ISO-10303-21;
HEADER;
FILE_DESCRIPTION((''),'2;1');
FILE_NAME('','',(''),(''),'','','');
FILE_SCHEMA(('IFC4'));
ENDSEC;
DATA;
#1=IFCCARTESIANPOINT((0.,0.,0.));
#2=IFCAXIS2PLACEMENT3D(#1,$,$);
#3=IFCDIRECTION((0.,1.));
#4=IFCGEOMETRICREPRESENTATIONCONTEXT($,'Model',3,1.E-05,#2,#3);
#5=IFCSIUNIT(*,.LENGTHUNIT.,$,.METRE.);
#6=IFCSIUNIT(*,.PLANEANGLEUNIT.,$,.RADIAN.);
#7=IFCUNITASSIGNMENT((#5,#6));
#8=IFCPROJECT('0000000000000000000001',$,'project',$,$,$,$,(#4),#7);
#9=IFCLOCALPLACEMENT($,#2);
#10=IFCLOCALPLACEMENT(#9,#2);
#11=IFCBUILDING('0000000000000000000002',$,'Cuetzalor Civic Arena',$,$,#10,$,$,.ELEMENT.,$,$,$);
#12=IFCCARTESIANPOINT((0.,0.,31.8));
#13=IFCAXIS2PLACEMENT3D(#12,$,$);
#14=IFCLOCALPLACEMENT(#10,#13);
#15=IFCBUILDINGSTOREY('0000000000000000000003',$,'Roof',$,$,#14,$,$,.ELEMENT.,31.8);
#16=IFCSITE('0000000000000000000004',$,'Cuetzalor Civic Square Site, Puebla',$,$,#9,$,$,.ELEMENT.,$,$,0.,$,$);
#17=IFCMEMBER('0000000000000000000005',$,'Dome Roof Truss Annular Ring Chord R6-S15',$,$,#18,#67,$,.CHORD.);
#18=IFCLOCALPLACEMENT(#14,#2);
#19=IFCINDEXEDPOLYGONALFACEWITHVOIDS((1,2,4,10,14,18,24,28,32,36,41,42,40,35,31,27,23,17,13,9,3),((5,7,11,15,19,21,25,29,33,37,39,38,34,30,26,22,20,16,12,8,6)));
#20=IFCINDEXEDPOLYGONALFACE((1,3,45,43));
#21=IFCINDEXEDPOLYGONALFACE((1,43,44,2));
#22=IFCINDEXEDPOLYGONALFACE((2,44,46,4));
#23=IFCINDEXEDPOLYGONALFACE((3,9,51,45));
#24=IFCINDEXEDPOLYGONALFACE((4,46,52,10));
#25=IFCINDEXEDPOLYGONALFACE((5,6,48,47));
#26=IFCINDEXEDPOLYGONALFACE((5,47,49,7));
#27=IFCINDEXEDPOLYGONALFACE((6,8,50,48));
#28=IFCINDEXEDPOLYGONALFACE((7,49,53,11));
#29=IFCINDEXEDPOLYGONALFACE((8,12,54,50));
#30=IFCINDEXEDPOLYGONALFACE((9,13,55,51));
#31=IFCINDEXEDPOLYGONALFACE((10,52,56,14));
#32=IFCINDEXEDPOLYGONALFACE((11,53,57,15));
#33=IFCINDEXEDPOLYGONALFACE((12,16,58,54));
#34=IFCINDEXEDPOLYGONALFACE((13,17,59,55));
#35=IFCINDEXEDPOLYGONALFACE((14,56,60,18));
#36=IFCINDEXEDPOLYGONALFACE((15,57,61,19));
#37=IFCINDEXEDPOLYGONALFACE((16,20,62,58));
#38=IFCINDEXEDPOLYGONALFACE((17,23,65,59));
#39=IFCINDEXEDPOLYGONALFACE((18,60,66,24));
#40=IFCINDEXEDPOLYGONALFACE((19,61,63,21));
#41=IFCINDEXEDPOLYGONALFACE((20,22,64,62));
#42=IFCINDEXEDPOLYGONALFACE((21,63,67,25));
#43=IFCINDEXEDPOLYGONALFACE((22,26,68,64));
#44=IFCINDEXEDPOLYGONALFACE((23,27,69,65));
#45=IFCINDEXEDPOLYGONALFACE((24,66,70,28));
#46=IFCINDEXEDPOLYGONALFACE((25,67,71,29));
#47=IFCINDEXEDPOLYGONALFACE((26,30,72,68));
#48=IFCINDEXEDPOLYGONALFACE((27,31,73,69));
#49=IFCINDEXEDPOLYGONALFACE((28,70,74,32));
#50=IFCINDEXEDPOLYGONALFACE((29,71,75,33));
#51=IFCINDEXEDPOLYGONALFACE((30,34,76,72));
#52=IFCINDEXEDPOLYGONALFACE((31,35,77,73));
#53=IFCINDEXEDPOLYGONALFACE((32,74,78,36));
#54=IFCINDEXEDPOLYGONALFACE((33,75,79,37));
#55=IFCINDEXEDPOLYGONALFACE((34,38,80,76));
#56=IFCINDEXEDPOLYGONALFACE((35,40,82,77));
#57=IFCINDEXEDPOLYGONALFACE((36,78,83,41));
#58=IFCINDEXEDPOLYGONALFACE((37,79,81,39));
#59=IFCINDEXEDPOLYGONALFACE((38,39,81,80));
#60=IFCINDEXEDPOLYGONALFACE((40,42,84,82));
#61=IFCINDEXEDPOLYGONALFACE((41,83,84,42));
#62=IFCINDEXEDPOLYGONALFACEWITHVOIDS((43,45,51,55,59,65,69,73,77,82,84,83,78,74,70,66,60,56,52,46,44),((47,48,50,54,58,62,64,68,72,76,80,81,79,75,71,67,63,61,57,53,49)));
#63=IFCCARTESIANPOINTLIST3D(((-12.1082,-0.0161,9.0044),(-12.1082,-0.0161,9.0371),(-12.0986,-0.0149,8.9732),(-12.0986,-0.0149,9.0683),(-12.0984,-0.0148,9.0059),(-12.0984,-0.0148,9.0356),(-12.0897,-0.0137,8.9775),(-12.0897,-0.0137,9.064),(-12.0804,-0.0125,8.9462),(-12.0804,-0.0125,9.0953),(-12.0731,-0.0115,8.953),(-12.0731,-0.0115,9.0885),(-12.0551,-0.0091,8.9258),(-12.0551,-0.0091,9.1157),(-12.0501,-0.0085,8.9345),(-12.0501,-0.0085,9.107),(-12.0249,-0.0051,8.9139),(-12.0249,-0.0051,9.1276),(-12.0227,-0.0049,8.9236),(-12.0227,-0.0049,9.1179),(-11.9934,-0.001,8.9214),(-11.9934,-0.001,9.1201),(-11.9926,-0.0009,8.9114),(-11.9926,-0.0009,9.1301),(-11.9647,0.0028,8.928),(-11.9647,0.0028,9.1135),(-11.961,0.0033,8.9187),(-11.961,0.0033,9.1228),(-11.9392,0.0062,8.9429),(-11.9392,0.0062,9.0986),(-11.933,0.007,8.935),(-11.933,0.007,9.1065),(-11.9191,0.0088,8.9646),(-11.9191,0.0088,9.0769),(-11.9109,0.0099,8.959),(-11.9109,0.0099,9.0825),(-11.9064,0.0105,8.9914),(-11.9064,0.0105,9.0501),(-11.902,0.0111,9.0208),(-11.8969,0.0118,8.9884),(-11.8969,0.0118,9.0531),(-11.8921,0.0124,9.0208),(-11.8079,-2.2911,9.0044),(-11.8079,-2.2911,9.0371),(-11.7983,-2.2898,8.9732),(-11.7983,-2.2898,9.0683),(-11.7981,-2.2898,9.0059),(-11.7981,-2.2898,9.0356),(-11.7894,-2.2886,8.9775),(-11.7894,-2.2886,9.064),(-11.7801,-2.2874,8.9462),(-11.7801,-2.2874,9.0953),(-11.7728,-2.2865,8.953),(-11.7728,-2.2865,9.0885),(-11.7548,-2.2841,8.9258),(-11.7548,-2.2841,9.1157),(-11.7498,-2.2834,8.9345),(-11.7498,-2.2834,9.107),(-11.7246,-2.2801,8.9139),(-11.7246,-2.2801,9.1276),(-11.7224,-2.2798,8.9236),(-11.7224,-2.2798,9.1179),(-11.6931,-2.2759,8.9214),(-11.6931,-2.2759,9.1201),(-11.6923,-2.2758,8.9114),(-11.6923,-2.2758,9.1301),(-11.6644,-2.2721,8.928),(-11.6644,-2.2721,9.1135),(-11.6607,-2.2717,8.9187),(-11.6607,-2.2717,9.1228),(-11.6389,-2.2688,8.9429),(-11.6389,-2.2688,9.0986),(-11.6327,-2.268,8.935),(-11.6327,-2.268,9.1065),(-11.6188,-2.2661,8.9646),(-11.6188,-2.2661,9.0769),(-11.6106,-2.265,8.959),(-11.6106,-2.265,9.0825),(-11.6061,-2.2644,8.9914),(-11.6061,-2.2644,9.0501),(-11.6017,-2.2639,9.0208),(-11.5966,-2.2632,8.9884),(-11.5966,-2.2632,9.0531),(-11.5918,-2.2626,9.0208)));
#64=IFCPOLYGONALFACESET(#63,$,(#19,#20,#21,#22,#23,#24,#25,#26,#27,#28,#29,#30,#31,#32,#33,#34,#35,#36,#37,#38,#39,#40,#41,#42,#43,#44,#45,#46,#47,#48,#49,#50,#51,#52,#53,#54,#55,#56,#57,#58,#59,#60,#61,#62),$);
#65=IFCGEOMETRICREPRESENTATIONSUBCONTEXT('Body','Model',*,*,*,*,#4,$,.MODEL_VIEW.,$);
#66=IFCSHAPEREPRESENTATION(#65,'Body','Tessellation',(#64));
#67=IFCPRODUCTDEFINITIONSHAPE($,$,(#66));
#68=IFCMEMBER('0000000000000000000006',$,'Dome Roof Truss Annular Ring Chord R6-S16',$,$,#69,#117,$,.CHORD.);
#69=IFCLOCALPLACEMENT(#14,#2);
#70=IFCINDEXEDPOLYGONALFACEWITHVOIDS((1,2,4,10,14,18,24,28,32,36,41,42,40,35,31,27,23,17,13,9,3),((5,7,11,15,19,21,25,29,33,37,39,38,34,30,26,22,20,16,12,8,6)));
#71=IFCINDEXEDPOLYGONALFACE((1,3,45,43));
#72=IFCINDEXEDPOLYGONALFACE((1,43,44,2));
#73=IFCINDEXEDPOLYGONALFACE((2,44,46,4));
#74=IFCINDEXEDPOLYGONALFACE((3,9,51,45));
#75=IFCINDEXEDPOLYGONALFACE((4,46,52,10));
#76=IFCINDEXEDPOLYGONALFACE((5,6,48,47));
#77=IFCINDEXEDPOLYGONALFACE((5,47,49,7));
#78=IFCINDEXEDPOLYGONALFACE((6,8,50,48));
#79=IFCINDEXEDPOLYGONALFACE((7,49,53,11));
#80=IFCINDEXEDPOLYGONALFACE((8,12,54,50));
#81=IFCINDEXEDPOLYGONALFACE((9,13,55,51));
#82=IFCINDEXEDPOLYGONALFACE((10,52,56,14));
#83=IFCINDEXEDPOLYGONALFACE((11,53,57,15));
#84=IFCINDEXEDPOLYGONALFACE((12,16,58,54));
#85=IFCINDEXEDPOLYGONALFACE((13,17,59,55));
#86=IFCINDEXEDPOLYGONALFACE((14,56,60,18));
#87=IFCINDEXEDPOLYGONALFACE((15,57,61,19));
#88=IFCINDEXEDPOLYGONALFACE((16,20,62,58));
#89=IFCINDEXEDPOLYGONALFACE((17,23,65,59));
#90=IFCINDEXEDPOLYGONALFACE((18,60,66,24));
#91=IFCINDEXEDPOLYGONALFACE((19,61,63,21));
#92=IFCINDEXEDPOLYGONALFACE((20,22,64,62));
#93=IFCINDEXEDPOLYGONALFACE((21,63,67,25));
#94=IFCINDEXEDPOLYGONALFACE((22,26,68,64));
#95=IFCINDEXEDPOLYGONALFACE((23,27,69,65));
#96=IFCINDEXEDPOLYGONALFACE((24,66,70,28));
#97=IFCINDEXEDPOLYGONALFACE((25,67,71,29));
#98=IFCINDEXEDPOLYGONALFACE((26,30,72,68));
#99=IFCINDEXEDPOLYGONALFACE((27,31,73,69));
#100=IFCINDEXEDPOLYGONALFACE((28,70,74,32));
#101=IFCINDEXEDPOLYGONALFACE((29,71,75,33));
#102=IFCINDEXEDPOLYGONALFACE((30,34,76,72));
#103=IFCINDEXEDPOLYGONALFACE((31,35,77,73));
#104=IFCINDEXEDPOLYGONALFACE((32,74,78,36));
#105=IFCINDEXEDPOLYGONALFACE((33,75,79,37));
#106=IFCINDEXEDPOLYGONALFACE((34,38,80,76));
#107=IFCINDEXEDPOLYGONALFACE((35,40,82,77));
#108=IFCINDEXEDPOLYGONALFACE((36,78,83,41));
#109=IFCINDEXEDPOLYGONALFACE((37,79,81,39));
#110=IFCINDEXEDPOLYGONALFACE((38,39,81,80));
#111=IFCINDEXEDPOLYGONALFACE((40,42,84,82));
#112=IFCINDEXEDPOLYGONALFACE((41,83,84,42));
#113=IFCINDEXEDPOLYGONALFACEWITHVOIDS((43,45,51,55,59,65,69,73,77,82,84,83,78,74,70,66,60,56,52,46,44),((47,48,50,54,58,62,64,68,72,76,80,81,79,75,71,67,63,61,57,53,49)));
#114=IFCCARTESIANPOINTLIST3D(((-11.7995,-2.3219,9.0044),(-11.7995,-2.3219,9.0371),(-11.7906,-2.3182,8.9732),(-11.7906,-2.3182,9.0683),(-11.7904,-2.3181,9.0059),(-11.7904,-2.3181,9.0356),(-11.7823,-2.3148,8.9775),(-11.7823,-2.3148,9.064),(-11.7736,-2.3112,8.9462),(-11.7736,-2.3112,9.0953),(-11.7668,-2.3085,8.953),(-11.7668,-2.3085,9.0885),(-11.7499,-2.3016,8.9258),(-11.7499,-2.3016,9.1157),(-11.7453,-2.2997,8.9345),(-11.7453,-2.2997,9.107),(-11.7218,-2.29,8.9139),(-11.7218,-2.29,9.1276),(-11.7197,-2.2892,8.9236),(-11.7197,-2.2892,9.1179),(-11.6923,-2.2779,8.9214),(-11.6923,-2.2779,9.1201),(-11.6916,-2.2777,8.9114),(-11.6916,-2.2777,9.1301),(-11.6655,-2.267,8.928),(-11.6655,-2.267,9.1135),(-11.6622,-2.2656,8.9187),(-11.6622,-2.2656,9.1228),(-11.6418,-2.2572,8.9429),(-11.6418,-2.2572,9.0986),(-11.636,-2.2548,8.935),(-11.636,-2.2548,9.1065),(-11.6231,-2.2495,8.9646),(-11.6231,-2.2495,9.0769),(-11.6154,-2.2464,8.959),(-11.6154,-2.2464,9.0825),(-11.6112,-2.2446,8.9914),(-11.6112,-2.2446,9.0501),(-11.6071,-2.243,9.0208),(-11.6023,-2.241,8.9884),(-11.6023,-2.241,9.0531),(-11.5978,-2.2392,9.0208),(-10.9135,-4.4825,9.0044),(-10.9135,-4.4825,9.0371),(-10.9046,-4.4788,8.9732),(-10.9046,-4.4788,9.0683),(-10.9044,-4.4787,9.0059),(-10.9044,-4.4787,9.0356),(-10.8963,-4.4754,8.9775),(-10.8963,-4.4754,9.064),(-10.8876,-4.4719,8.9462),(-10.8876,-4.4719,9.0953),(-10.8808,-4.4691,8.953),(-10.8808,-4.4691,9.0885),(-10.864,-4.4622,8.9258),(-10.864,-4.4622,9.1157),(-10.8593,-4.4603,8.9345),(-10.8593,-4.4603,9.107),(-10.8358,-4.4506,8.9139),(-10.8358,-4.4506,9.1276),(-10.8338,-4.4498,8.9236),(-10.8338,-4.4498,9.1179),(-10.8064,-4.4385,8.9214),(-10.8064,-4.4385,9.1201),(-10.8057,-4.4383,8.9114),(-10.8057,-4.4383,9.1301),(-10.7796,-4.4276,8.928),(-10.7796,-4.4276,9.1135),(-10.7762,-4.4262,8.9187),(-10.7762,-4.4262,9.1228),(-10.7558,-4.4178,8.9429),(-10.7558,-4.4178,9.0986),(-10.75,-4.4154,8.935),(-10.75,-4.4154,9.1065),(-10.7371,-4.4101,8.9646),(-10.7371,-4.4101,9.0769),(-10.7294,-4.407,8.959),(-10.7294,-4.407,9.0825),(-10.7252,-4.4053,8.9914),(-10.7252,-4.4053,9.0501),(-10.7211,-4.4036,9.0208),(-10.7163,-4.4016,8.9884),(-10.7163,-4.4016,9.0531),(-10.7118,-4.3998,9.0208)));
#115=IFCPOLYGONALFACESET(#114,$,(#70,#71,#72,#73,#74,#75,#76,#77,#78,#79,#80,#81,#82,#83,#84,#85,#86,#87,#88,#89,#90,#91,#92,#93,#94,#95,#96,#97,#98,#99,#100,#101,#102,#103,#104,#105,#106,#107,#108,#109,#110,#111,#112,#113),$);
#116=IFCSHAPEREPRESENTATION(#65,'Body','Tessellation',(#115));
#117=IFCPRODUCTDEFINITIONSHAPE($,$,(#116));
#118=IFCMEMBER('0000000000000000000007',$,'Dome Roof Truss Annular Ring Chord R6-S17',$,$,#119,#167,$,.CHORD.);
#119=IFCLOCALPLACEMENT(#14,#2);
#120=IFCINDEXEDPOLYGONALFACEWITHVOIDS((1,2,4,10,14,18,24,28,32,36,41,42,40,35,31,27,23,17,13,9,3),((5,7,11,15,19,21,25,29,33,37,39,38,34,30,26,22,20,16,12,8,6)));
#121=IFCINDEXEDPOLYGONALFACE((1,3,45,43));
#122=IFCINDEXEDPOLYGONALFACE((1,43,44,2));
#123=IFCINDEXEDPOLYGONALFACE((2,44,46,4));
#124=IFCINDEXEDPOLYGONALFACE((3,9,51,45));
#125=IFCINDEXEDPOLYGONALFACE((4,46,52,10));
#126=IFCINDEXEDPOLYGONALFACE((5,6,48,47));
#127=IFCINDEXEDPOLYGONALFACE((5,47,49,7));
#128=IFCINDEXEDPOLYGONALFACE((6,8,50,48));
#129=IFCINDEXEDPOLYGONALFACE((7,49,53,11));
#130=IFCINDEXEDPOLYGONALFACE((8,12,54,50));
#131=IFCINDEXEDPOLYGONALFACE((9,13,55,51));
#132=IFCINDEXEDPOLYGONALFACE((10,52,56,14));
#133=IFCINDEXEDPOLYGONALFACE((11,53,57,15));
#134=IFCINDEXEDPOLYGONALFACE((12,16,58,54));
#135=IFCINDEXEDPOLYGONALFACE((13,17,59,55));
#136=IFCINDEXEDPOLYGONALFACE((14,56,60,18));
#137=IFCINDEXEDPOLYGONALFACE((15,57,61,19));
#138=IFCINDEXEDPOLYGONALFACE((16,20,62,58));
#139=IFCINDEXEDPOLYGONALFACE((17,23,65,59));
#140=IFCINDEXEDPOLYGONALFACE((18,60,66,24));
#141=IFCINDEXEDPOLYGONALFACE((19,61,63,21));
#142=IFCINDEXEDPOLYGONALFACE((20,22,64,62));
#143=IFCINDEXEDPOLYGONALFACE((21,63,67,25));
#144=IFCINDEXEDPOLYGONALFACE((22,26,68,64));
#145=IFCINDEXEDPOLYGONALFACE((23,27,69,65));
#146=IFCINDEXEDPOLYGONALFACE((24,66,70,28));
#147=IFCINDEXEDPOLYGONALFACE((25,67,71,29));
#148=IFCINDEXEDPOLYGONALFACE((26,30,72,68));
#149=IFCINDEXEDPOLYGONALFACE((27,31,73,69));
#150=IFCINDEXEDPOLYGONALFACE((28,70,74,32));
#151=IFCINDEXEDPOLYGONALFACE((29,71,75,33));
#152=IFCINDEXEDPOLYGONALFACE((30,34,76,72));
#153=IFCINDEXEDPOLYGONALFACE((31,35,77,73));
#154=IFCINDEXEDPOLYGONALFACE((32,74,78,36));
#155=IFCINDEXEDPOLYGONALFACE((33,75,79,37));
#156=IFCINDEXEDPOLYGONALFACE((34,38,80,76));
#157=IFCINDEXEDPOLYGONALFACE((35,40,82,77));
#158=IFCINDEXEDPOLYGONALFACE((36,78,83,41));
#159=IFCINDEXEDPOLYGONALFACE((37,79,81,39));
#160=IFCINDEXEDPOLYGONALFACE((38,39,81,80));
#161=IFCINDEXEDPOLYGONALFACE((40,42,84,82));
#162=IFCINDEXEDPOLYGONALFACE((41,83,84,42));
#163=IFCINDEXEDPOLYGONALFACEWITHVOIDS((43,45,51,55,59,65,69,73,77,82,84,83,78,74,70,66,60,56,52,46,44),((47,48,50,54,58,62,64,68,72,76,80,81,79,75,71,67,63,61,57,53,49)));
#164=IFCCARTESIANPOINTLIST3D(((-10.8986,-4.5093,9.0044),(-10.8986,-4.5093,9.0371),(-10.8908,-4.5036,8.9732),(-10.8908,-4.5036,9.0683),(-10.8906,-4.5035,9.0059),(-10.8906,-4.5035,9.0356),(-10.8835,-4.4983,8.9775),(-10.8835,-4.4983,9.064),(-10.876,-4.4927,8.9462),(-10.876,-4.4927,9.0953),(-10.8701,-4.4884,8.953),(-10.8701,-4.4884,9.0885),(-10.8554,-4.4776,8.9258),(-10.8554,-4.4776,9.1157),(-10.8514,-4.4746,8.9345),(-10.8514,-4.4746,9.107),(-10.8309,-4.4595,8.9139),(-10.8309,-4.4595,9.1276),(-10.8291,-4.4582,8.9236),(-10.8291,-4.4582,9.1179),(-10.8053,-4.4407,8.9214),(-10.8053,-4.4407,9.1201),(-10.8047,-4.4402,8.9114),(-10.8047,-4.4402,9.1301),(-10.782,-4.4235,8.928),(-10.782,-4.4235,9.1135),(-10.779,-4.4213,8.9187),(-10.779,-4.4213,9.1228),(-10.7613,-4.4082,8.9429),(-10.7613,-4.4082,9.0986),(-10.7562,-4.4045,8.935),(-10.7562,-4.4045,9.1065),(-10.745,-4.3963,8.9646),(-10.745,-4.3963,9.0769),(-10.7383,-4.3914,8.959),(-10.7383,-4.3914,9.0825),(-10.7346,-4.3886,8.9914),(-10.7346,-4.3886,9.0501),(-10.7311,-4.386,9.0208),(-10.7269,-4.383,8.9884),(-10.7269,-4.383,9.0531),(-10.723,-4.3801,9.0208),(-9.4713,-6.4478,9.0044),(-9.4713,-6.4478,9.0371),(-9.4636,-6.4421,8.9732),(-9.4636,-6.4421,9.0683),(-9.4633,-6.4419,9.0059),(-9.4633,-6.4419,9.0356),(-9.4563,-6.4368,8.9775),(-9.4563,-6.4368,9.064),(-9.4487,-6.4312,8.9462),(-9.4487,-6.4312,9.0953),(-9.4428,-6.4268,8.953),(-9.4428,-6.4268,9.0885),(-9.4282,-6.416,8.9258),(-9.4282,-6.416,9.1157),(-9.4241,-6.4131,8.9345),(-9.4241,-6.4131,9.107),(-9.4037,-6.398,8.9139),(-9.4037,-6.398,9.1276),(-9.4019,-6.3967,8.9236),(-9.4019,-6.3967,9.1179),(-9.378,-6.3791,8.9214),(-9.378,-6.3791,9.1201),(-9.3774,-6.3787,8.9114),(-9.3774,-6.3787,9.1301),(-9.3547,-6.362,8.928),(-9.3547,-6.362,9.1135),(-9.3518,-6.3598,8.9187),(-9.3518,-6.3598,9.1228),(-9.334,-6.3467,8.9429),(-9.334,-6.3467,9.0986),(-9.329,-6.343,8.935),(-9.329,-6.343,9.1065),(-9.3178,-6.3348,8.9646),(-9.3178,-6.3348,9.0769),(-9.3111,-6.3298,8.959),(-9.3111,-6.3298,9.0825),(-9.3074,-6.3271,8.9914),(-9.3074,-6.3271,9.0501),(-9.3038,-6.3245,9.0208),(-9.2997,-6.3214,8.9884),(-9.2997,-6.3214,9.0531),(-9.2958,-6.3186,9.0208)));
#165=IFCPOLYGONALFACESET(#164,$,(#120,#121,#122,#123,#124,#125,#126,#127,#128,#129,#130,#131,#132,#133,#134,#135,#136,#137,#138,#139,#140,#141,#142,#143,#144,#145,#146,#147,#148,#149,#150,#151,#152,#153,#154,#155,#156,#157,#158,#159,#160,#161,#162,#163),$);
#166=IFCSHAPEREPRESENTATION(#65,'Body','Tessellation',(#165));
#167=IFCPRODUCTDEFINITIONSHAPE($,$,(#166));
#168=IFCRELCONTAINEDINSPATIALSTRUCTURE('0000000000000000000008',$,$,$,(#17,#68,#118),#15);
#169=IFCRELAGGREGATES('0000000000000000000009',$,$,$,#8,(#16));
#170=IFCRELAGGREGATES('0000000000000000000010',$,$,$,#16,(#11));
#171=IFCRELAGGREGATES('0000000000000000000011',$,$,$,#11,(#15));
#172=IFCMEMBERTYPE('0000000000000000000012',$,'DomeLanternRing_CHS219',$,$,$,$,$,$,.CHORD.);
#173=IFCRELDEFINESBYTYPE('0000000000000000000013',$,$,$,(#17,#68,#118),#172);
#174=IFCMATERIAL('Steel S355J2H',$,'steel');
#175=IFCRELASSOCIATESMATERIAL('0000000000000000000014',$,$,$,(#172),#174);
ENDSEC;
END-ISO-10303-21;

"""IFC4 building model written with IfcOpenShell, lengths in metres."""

from ifc_helpers import new_model, si_unit, direction, frame, origin, origin_2d, place, context, subcontext, project, spatial, hollow_circle, extrude, material, material_profile, profile_set, type_object, element, save


model = new_model("IFC4")

# Units and contexts
model_context = context("Model", 3, precision=1e-05, world=origin(), true_north=direction((0.0, 1.0)))
body_context = subcontext(model_context, "Body", "Model", "MODEL_VIEW")
ifc_project = project(units=[si_unit("LENGTHUNIT", "METRE"), si_unit("PLANEANGLEUNIT", "RADIAN")], contexts=[model_context])

# Site, building, storey
site_placement = place(None, origin())
site = spatial("IfcSite", under=ifc_project, at=site_placement, Name="Cuetzalor Civic Square Site, Puebla", CompositionType="ELEMENT", RefElevation=0.0)
building_placement = place(site_placement, origin())
building = spatial("IfcBuilding", under=site, at=building_placement, Name="Cuetzalor Civic Arena", CompositionType="ELEMENT")
storey_placement = place(building_placement, frame((0.0, 0.0, 31.8)))
storey = spatial("IfcBuildingStorey", under=building, at=storey_placement, Name="Roof", CompositionType="ELEMENT", Elevation=31.8)

# Members
ifc_material_1 = material(Name="Steel S355J2H", Category="steel")
ifc_material_profile_1 = material_profile(ifc_material_1, hollow_circle(Radius=0.1096, WallThickness=0.01, at=origin_2d()), Name="CHS 219.1x10")
ifc_profile_set_1 = profile_set([ifc_material_profile_1], Name="Steel S355J2H")
member_type_1 = type_object("IfcMemberType", Name="DomeLanternRing_CHS219", PredefinedType="CHORD", material=ifc_profile_set_1)
member_1_placement = place(storey_placement, frame((-12.0007, -0.002, 9.0208), z_axis=(0.130867, -0.9914, 0.0), x_axis=(0.9914, 0.130867, 0.0)))
element("IfcMember", 1, at=member_1_placement, inside=storey, type_object=member_type_1, Name="Dome Roof Truss Annular Ring Chord R6-S15", PredefinedType="CHORD", context=body_context, shape_type="SweptSolid", body=[
    extrude(hollow_circle(Radius=0.1096, WallThickness=0.01, at=origin_2d()), origin(), (0.0, 0.0, 1.0), 2.2947),
])
member_2_placement = place(storey_placement, frame((-11.6992, -2.2808, 9.0208), z_axis=(0.379398, -0.925234, 0.0), x_axis=(0.925234, 0.379398, 0.0)))
element("IfcMember", 2, at=member_2_placement, inside=storey, type_object=member_type_1, Name="Dome Roof Truss Annular Ring Chord R6-S16", PredefinedType="CHORD", context=body_context, shape_type="SweptSolid", body=[
    extrude(hollow_circle(Radius=0.1096, WallThickness=0.01, at=origin_2d()), origin(), (0.0, 0.0, 1.0), 2.3352),
])
member_3_placement = place(storey_placement, frame((-10.8113, -4.4451, 9.0208), z_axis=(0.592901, -0.805275, 0.0), x_axis=(0.805275, 0.592901, 0.0)))
element("IfcMember", 3, at=member_3_placement, inside=storey, type_object=member_type_1, Name="Dome Roof Truss Annular Ring Chord R6-S17", PredefinedType="CHORD", context=body_context, shape_type="SweptSolid", body=[
    extrude(hollow_circle(Radius=0.1096, WallThickness=0.01, at=origin_2d()), origin(), (0.0, 0.0, 1.0), 2.4072),
])

save(model, "model.ifc")
